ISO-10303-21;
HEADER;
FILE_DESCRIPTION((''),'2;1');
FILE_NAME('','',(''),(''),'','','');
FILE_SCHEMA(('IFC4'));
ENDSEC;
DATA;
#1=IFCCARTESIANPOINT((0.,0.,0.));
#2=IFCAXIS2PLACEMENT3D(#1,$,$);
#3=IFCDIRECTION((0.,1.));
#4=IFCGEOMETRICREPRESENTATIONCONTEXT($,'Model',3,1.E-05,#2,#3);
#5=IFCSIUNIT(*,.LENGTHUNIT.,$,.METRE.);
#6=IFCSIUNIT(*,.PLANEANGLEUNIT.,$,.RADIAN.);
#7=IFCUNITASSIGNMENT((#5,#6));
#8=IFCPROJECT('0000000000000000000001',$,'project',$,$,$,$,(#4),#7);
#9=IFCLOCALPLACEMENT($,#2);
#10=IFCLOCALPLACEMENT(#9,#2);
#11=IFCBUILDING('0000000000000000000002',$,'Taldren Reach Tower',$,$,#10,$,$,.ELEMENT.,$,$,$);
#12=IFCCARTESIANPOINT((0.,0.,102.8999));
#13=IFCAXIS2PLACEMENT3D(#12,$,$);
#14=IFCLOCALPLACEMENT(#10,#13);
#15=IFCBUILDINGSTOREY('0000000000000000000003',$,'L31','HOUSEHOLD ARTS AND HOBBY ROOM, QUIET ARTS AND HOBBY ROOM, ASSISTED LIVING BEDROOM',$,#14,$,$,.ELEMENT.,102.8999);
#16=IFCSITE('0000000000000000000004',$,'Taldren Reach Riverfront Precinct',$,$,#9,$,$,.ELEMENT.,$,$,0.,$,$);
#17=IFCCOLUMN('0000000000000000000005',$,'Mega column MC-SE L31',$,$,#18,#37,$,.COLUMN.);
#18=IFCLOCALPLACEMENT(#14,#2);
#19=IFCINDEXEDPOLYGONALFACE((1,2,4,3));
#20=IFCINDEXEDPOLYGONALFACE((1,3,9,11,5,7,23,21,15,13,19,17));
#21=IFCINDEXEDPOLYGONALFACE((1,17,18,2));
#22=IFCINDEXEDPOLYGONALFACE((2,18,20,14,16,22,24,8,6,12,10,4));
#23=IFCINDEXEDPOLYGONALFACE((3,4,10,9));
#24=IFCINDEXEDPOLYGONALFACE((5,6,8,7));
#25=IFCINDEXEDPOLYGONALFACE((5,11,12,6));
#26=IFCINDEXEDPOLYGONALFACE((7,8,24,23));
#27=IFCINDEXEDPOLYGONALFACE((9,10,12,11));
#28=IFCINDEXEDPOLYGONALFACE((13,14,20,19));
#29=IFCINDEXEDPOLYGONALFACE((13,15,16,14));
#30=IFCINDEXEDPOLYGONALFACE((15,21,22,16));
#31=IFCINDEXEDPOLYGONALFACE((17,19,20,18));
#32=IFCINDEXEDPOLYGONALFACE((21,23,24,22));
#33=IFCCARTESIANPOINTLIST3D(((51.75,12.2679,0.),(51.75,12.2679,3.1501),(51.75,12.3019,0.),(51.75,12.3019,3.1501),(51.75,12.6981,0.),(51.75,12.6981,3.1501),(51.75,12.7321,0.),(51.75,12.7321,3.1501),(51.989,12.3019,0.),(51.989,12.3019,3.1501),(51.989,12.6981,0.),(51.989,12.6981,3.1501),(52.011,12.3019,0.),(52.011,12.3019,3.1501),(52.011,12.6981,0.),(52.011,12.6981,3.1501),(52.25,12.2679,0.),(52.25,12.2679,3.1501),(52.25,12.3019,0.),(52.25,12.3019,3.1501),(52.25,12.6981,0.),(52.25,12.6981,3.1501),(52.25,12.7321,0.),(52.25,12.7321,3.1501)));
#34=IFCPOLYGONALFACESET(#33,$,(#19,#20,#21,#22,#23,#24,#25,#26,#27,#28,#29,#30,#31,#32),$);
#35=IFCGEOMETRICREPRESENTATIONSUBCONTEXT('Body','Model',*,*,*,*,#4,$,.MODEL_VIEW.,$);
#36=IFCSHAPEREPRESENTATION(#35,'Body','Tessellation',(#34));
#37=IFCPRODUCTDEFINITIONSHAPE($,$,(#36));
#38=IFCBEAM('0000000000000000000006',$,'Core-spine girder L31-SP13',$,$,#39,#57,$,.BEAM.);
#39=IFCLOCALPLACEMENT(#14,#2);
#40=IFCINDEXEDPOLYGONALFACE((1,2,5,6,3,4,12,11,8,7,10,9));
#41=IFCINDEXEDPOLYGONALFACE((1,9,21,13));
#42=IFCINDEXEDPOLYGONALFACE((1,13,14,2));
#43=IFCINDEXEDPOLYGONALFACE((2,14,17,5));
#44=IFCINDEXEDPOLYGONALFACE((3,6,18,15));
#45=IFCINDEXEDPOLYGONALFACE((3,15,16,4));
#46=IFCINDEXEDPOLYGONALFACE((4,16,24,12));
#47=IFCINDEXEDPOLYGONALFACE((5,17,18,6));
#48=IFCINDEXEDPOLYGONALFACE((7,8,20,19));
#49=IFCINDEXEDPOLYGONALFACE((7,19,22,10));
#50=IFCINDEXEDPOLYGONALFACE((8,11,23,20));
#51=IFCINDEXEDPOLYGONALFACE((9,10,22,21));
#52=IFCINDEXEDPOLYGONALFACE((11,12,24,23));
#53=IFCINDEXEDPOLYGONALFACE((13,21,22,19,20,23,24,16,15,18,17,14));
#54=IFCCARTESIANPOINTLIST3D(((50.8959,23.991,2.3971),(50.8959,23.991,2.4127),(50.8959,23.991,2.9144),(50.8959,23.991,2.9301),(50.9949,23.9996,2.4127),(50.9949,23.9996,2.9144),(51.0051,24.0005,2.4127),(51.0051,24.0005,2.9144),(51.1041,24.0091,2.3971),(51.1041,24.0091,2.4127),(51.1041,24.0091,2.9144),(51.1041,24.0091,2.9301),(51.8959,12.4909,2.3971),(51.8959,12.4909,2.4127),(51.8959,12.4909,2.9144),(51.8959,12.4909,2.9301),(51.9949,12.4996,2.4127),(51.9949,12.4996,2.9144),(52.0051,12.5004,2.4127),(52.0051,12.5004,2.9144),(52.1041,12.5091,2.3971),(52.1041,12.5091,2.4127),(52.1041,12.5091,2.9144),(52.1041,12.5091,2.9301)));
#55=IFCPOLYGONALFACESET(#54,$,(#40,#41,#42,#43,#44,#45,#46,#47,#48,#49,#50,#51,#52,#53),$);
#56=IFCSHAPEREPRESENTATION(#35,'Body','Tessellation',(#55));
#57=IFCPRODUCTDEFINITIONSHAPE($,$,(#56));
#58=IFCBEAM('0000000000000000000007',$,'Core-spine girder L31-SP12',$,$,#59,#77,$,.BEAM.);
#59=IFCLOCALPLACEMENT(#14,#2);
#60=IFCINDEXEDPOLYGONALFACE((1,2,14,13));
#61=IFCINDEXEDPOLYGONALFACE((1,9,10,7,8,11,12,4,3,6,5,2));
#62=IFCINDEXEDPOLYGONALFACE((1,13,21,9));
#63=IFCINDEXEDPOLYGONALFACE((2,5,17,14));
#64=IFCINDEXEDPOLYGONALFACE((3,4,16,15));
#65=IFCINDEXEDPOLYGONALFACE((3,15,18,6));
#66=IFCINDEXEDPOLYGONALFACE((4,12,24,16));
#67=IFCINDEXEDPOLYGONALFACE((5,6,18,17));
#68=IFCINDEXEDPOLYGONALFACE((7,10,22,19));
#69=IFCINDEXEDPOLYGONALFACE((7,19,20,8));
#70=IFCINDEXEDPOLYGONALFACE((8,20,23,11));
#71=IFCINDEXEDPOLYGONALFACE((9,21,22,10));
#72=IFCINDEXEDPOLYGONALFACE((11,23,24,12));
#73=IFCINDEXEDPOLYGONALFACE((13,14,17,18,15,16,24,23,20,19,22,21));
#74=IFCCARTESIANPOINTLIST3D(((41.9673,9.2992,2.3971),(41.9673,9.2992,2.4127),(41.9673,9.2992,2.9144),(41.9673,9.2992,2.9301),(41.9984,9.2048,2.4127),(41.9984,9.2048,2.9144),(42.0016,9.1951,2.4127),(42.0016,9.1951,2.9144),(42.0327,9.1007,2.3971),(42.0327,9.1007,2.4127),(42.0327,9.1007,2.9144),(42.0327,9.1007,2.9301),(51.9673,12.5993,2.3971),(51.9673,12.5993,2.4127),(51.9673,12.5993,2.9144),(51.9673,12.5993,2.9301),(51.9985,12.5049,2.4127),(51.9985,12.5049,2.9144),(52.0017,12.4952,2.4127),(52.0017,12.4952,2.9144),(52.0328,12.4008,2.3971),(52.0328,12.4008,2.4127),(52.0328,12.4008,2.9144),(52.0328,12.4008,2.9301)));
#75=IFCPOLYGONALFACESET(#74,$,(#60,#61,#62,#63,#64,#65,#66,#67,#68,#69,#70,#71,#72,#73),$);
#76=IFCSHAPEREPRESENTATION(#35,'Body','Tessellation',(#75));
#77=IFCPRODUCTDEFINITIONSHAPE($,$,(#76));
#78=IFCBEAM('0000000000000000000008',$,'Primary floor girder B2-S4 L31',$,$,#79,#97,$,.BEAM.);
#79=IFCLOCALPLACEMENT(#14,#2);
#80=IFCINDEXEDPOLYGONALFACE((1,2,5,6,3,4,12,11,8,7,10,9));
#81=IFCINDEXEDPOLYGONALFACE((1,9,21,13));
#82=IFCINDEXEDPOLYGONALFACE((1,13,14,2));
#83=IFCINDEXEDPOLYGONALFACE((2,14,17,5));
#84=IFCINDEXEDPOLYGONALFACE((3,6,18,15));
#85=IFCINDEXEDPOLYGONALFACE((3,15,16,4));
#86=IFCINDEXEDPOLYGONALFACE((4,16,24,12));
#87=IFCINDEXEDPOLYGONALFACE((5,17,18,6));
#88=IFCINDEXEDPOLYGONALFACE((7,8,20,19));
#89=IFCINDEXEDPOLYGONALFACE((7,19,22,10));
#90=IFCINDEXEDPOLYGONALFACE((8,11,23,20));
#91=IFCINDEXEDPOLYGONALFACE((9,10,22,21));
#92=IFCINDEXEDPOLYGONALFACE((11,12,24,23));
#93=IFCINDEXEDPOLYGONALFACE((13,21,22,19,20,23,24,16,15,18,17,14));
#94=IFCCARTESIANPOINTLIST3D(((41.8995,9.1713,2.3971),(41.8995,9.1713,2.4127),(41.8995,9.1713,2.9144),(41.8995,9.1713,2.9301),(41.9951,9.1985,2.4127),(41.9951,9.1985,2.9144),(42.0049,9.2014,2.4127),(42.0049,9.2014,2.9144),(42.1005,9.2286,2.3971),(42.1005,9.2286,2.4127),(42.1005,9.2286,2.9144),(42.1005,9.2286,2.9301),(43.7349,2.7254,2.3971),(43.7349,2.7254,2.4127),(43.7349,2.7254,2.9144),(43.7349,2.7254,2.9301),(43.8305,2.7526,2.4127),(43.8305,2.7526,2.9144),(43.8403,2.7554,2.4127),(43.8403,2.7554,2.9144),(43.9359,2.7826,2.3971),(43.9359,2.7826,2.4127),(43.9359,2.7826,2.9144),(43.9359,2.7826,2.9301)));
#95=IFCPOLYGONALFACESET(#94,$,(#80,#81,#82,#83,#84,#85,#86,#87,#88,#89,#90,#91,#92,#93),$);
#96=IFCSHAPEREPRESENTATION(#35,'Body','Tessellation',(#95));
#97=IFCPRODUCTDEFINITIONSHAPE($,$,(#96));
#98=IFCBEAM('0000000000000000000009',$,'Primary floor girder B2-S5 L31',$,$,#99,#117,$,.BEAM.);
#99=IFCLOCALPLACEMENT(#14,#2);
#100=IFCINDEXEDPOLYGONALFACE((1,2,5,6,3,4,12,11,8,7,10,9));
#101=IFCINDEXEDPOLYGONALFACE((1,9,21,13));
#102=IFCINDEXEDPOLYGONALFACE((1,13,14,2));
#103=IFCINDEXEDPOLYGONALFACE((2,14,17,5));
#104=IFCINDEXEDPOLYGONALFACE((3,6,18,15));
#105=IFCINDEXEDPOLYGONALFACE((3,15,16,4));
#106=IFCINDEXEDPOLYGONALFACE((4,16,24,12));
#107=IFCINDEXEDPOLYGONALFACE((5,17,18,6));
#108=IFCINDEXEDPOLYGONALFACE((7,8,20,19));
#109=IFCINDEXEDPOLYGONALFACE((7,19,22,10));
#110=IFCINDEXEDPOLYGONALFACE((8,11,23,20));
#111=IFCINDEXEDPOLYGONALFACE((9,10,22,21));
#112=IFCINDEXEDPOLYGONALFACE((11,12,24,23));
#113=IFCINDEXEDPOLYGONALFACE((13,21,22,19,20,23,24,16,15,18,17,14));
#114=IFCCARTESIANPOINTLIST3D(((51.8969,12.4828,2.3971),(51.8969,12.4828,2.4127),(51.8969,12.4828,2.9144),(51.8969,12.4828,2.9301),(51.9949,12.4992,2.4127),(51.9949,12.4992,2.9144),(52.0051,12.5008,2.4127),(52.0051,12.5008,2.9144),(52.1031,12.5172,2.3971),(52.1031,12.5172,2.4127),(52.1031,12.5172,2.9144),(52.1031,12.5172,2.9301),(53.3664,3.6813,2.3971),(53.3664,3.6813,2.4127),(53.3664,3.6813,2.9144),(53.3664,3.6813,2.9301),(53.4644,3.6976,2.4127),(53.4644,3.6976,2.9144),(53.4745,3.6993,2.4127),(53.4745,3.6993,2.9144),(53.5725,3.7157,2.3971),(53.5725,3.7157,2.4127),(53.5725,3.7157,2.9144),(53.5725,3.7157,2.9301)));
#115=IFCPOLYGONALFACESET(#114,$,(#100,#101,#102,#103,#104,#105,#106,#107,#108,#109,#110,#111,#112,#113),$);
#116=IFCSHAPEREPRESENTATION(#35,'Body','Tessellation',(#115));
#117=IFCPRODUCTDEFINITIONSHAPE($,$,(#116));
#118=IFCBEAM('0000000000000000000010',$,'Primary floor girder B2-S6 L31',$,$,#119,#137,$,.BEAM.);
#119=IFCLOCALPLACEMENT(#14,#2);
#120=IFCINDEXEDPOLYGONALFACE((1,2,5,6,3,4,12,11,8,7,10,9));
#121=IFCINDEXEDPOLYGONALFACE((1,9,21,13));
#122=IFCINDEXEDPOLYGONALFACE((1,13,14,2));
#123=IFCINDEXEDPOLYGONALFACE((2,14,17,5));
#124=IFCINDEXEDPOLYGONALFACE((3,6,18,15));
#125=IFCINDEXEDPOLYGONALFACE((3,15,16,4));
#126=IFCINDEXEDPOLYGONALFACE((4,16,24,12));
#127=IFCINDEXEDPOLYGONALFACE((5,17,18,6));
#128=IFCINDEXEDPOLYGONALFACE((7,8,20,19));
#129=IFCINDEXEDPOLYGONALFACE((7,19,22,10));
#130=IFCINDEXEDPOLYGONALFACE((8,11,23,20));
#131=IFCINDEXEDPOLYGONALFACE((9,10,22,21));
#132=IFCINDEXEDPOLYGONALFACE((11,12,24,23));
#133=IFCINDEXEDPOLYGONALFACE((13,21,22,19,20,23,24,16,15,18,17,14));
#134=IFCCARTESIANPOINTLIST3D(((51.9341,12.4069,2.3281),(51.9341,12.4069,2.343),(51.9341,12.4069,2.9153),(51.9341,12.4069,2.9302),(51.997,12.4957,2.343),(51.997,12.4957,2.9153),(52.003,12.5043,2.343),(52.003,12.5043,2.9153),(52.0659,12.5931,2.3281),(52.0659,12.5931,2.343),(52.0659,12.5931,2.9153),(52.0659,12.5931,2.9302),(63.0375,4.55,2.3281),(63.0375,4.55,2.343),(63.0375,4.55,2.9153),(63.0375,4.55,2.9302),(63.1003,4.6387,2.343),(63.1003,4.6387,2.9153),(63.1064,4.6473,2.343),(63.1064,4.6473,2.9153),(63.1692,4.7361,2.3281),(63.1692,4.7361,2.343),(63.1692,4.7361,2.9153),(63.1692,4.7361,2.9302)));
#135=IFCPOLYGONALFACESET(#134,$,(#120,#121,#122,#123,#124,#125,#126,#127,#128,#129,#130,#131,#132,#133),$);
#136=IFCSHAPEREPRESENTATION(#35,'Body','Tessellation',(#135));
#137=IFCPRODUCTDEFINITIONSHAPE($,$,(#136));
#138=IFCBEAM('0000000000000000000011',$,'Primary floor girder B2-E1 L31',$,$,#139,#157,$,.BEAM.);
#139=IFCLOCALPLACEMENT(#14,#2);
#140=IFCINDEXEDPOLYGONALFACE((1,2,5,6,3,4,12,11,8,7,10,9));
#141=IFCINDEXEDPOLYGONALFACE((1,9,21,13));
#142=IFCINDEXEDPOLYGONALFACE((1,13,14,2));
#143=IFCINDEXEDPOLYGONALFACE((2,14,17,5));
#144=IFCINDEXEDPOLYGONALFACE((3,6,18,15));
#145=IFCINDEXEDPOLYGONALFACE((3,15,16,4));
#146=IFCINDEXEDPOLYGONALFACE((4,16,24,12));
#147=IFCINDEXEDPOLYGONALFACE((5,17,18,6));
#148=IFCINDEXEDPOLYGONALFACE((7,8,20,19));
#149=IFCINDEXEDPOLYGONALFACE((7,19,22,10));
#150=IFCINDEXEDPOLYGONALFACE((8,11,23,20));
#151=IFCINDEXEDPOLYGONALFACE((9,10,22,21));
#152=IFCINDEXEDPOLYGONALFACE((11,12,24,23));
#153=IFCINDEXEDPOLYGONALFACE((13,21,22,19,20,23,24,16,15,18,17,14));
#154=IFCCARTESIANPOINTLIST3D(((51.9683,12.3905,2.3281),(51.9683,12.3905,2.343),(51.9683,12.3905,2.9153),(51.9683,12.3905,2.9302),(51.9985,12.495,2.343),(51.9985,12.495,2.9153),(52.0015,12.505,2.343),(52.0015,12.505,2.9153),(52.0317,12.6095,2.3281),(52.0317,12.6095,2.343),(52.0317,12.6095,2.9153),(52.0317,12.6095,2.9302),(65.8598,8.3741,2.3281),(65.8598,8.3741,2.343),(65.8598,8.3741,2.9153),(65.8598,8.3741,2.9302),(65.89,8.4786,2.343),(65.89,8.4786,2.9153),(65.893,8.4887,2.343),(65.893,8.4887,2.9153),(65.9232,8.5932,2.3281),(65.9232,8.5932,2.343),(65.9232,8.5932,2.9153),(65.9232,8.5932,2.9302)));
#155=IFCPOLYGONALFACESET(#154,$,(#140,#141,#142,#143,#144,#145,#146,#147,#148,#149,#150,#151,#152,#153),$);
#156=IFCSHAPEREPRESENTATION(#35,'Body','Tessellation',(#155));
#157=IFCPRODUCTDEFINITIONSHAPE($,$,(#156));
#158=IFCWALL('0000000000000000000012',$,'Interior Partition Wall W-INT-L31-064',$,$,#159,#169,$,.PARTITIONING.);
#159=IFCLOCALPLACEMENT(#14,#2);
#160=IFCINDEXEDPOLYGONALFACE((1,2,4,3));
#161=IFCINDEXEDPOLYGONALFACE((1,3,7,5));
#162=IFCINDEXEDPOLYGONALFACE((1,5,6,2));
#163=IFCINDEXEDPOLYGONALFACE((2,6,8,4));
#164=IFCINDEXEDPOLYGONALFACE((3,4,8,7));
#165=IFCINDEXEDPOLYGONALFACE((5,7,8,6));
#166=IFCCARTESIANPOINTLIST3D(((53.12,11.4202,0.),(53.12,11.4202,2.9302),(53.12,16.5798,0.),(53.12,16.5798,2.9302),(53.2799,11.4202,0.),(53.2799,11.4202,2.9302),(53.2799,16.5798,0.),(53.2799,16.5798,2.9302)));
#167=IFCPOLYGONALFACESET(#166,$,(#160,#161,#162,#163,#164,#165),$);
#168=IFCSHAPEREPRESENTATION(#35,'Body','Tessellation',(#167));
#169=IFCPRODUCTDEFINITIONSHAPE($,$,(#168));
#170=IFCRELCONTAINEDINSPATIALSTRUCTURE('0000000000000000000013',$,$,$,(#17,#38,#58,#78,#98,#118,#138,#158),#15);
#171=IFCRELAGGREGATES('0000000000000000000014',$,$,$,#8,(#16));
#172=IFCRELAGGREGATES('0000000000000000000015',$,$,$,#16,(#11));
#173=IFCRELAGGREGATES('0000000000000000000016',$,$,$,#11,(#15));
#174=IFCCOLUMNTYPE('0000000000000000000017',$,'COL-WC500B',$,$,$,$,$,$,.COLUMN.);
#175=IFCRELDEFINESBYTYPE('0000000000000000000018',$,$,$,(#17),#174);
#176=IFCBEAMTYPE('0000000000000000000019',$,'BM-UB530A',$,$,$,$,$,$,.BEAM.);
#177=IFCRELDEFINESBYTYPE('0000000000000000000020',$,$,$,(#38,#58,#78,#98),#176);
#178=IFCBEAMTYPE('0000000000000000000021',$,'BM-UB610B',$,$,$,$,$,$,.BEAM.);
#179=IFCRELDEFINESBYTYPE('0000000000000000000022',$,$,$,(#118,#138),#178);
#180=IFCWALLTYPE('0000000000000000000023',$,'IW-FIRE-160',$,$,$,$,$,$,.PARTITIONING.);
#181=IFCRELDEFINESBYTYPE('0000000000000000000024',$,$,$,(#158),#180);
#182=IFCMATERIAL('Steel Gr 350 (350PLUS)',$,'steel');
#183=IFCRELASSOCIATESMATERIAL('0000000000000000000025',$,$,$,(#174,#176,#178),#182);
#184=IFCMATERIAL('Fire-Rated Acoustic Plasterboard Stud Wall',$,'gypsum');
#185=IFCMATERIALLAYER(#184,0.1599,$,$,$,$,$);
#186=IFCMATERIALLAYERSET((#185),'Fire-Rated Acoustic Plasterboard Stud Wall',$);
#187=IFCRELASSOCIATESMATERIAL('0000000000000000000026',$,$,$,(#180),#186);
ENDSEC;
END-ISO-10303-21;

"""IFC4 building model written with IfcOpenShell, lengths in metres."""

from ifc_helpers import new_model, si_unit, direction, frame, frame_2d, origin, origin_2d, place, context, subcontext, project, spatial, rectangle, i_section, extrude, source, transform, mapped, material, layer, layer_set, material_profile, profile_set, type_object, element, save


model = new_model("IFC4")

# Units and contexts
model_context = context("Model", 3, precision=1e-05, world=origin(), true_north=direction((0.0, 1.0)))
body_context = subcontext(model_context, "Body", "Model", "MODEL_VIEW")
ifc_project = project(units=[si_unit("LENGTHUNIT", "METRE"), si_unit("PLANEANGLEUNIT", "RADIAN")], contexts=[model_context])

# Site, building, storey
site_placement = place(None, origin())
site = spatial("IfcSite", under=ifc_project, at=site_placement, Name="Taldren Reach Riverfront Precinct", CompositionType="ELEMENT", RefElevation=0.0)
building_placement = place(site_placement, origin())
building = spatial("IfcBuilding", under=site, at=building_placement, Name="Taldren Reach Tower", CompositionType="ELEMENT")
storey_placement = place(building_placement, frame((0.0, 0.0, 102.8999)))
storey = spatial("IfcBuildingStorey", under=building, at=storey_placement, Name="L31", Description="HOUSEHOLD ARTS AND HOBBY ROOM, QUIET ARTS AND HOBBY ROOM, ASSISTED LIVING BEDROOM", CompositionType="ELEMENT", Elevation=102.8999)

# Column
ifc_material_1 = material(Name="Steel Gr 350 (350PLUS)", Category="steel")
ifc_material_profile_1 = material_profile(ifc_material_1, i_section(OverallWidth=0.5, OverallDepth=0.4641, WebThickness=0.022, FlangeThickness=0.0339, at=origin_2d()), Name="500WC340")
ifc_profile_set_1 = profile_set([ifc_material_profile_1], Name="Steel Gr 350 (350PLUS)")
column_type = type_object("IfcColumnType", Name="COL-WC500B", PredefinedType="COLUMN", material=ifc_profile_set_1)
shared_shape_1 = source(origin(), body_context, "Body", "SweptSolid", [
    extrude(i_section(OverallWidth=0.5, OverallDepth=0.4641, WebThickness=0.022, FlangeThickness=0.0339, at=origin_2d()), origin(), (0.0, 0.0, 1.0), 3.1501),
])
column_placement = place(storey_placement, frame((52.0, 12.5, 0.0), z_axis=(0.0, 0.0, 1.0), x_axis=(1.0, 0.0, 0.0)))
element("IfcColumn", 1, at=column_placement, inside=storey, type_object=column_type, Name="Mega column MC-SE L31", PredefinedType="COLUMN", context=body_context, shape_type="MappedRepresentation", body=[
    mapped(shared_shape_1, transform((0.0, 0.0, 0.0), scale=1.0)),
])

# Beams
ifc_material_profile_2 = material_profile(ifc_material_1, i_section(OverallWidth=0.209, OverallDepth=0.533, WebThickness=0.0103, FlangeThickness=0.0156, at=origin_2d()), Name="530UB92.4")
ifc_profile_set_2 = profile_set([ifc_material_profile_2], Name="Steel Gr 350 (350PLUS)")
beam_type_1 = type_object("IfcBeamType", Name="BM-UB530A", PredefinedType="BEAM", material=ifc_profile_set_2)
shared_shape_2 = source(origin(), body_context, "Body", "SweptSolid", [
    extrude(i_section(OverallWidth=0.209, OverallDepth=0.533, WebThickness=0.0103, FlangeThickness=0.0156, at=origin_2d()), origin(), (0.0, 0.0, 1.0), 11.5435),
])
beam_1_placement = place(storey_placement, frame((52.0, 12.5, 2.6636), z_axis=(-0.08663, 0.996241, 0.0), x_axis=(-0.996241, -0.08663, 0.0)))
element("IfcBeam", 2, at=beam_1_placement, inside=storey, type_object=beam_type_1, Name="Core-spine girder L31-SP13", PredefinedType="BEAM", context=body_context, shape_type="MappedRepresentation", body=[
    mapped(shared_shape_2, transform((0.0, 0.0, 0.0), scale=1.0)),
])
shared_shape_3 = source(origin(), body_context, "Body", "SweptSolid", [
    extrude(i_section(OverallWidth=0.209, OverallDepth=0.533, WebThickness=0.0103, FlangeThickness=0.0156, at=origin_2d()), origin(), (0.0, 0.0, 1.0), 10.5305),
])
beam_2_placement = place(storey_placement, frame((42.0, 9.2, 2.6636), z_axis=(0.949627, 0.313382, 0.0), x_axis=(-0.313382, 0.949627, 0.0)))
element("IfcBeam", 3, at=beam_2_placement, inside=storey, type_object=beam_type_1, Name="Core-spine girder L31-SP12", PredefinedType="BEAM", context=body_context, shape_type="MappedRepresentation", body=[
    mapped(shared_shape_3, transform((0.0, 0.0, 0.0), scale=1.0)),
])
shared_shape_4 = source(origin(), body_context, "Body", "SweptSolid", [
    extrude(i_section(OverallWidth=0.209, OverallDepth=0.533, WebThickness=0.0103, FlangeThickness=0.0156, at=origin_2d()), origin(), (0.0, 0.0, 1.0), 6.7021),
])
beam_3_placement = place(storey_placement, frame((42.0, 9.2, 2.6636), z_axis=(0.273855, -0.961771, 0.0), x_axis=(0.961771, 0.273855, 0.0)))
element("IfcBeam", 4, at=beam_3_placement, inside=storey, type_object=beam_type_1, Name="Primary floor girder B2-S4 L31", PredefinedType="BEAM", context=body_context, shape_type="MappedRepresentation", body=[
    mapped(shared_shape_4, transform((0.0, 0.0, 0.0), scale=1.0)),
])
shared_shape_5 = source(origin(), body_context, "Body", "SweptSolid", [
    extrude(i_section(OverallWidth=0.209, OverallDepth=0.533, WebThickness=0.0103, FlangeThickness=0.0156, at=origin_2d()), origin(), (0.0, 0.0, 1.0), 8.9233),
])
beam_4_placement = place(storey_placement, frame((52.0, 12.5, 2.6636), z_axis=(0.164678, -0.986347, 0.0), x_axis=(0.986347, 0.164678, 0.0)))
element("IfcBeam", 5, at=beam_4_placement, inside=storey, type_object=beam_type_1, Name="Primary floor girder B2-S5 L31", PredefinedType="BEAM", context=body_context, shape_type="MappedRepresentation", body=[
    mapped(shared_shape_5, transform((0.0, 0.0, 0.0), scale=1.0)),
])
ifc_material_profile_3 = material_profile(ifc_material_1, i_section(OverallWidth=0.228, OverallDepth=0.6021, WebThickness=0.0105, FlangeThickness=0.0149, at=origin_2d()), Name="610UB101")
ifc_profile_set_3 = profile_set([ifc_material_profile_3], Name="Steel Gr 350 (350PLUS)")
beam_type_2 = type_object("IfcBeamType", Name="BM-UB610B", PredefinedType="BEAM", material=ifc_profile_set_3)
shared_shape_6 = source(origin(), body_context, "Body", "SweptSolid", [
    extrude(i_section(OverallWidth=0.228, OverallDepth=0.6021, WebThickness=0.0105, FlangeThickness=0.0149, at=origin_2d()), origin(), (0.0, 0.0, 1.0), 13.6021),
])
beam_5_placement = place(storey_placement, frame((52.0, 12.5, 2.6292), z_axis=(0.816298, -0.577631, 0.0), x_axis=(0.577631, 0.816298, 0.0)))
element("IfcBeam", 6, at=beam_5_placement, inside=storey, type_object=beam_type_2, Name="Primary floor girder B2-S6 L31", PredefinedType="BEAM", context=body_context, shape_type="MappedRepresentation", body=[
    mapped(shared_shape_6, transform((0.0, 0.0, 0.0), scale=1.0)),
])
shared_shape_7 = source(origin(), body_context, "Body", "SweptSolid", [
    extrude(i_section(OverallWidth=0.228, OverallDepth=0.6021, WebThickness=0.0105, FlangeThickness=0.0149, at=origin_2d()), origin(), (0.0, 0.0, 1.0), 14.4604),
])
beam_6_placement = place(storey_placement, frame((52.0, 12.5, 2.6292), z_axis=(0.960655, -0.277746, 0.0), x_axis=(0.277746, 0.960655, 0.0)))
element("IfcBeam", 7, at=beam_6_placement, inside=storey, type_object=beam_type_2, Name="Primary floor girder B2-E1 L31", PredefinedType="BEAM", context=body_context, shape_type="MappedRepresentation", body=[
    mapped(shared_shape_7, transform((0.0, 0.0, 0.0), scale=1.0)),
])

# Wall
ifc_material_2 = material(Name="Fire-Rated Acoustic Plasterboard Stud Wall", Category="gypsum")
ifc_layer_1 = layer(ifc_material_2, 0.1599)
ifc_layer_set_1 = layer_set([ifc_layer_1], Name="Fire-Rated Acoustic Plasterboard Stud Wall")
wall_type_1 = type_object("IfcWallType", Name="IW-FIRE-160", PredefinedType="PARTITIONING", material=ifc_layer_set_1)
shared_shape_8 = source(origin(), body_context, "Body", "SweptSolid", [
    extrude(rectangle(XDim=5.1597, YDim=0.1599, at=frame_2d((2.5798, 0.0))), origin(), (0.0, 0.0, 1.0), 2.9302),
])
wall_1_placement = place(storey_placement, frame((53.2, 11.4202, 0.0), z_axis=(0.0, 0.0, 1.0), x_axis=(0.0, 1.0, 0.0)))
element("IfcWall", 8, at=wall_1_placement, inside=storey, type_object=wall_type_1, Name="Interior Partition Wall W-INT-L31-064", PredefinedType="PARTITIONING", context=body_context, shape_type="MappedRepresentation", body=[
    mapped(shared_shape_8, transform((0.0, 0.0, 0.0), scale=1.0)),
])

save(model, "model.ifc")
